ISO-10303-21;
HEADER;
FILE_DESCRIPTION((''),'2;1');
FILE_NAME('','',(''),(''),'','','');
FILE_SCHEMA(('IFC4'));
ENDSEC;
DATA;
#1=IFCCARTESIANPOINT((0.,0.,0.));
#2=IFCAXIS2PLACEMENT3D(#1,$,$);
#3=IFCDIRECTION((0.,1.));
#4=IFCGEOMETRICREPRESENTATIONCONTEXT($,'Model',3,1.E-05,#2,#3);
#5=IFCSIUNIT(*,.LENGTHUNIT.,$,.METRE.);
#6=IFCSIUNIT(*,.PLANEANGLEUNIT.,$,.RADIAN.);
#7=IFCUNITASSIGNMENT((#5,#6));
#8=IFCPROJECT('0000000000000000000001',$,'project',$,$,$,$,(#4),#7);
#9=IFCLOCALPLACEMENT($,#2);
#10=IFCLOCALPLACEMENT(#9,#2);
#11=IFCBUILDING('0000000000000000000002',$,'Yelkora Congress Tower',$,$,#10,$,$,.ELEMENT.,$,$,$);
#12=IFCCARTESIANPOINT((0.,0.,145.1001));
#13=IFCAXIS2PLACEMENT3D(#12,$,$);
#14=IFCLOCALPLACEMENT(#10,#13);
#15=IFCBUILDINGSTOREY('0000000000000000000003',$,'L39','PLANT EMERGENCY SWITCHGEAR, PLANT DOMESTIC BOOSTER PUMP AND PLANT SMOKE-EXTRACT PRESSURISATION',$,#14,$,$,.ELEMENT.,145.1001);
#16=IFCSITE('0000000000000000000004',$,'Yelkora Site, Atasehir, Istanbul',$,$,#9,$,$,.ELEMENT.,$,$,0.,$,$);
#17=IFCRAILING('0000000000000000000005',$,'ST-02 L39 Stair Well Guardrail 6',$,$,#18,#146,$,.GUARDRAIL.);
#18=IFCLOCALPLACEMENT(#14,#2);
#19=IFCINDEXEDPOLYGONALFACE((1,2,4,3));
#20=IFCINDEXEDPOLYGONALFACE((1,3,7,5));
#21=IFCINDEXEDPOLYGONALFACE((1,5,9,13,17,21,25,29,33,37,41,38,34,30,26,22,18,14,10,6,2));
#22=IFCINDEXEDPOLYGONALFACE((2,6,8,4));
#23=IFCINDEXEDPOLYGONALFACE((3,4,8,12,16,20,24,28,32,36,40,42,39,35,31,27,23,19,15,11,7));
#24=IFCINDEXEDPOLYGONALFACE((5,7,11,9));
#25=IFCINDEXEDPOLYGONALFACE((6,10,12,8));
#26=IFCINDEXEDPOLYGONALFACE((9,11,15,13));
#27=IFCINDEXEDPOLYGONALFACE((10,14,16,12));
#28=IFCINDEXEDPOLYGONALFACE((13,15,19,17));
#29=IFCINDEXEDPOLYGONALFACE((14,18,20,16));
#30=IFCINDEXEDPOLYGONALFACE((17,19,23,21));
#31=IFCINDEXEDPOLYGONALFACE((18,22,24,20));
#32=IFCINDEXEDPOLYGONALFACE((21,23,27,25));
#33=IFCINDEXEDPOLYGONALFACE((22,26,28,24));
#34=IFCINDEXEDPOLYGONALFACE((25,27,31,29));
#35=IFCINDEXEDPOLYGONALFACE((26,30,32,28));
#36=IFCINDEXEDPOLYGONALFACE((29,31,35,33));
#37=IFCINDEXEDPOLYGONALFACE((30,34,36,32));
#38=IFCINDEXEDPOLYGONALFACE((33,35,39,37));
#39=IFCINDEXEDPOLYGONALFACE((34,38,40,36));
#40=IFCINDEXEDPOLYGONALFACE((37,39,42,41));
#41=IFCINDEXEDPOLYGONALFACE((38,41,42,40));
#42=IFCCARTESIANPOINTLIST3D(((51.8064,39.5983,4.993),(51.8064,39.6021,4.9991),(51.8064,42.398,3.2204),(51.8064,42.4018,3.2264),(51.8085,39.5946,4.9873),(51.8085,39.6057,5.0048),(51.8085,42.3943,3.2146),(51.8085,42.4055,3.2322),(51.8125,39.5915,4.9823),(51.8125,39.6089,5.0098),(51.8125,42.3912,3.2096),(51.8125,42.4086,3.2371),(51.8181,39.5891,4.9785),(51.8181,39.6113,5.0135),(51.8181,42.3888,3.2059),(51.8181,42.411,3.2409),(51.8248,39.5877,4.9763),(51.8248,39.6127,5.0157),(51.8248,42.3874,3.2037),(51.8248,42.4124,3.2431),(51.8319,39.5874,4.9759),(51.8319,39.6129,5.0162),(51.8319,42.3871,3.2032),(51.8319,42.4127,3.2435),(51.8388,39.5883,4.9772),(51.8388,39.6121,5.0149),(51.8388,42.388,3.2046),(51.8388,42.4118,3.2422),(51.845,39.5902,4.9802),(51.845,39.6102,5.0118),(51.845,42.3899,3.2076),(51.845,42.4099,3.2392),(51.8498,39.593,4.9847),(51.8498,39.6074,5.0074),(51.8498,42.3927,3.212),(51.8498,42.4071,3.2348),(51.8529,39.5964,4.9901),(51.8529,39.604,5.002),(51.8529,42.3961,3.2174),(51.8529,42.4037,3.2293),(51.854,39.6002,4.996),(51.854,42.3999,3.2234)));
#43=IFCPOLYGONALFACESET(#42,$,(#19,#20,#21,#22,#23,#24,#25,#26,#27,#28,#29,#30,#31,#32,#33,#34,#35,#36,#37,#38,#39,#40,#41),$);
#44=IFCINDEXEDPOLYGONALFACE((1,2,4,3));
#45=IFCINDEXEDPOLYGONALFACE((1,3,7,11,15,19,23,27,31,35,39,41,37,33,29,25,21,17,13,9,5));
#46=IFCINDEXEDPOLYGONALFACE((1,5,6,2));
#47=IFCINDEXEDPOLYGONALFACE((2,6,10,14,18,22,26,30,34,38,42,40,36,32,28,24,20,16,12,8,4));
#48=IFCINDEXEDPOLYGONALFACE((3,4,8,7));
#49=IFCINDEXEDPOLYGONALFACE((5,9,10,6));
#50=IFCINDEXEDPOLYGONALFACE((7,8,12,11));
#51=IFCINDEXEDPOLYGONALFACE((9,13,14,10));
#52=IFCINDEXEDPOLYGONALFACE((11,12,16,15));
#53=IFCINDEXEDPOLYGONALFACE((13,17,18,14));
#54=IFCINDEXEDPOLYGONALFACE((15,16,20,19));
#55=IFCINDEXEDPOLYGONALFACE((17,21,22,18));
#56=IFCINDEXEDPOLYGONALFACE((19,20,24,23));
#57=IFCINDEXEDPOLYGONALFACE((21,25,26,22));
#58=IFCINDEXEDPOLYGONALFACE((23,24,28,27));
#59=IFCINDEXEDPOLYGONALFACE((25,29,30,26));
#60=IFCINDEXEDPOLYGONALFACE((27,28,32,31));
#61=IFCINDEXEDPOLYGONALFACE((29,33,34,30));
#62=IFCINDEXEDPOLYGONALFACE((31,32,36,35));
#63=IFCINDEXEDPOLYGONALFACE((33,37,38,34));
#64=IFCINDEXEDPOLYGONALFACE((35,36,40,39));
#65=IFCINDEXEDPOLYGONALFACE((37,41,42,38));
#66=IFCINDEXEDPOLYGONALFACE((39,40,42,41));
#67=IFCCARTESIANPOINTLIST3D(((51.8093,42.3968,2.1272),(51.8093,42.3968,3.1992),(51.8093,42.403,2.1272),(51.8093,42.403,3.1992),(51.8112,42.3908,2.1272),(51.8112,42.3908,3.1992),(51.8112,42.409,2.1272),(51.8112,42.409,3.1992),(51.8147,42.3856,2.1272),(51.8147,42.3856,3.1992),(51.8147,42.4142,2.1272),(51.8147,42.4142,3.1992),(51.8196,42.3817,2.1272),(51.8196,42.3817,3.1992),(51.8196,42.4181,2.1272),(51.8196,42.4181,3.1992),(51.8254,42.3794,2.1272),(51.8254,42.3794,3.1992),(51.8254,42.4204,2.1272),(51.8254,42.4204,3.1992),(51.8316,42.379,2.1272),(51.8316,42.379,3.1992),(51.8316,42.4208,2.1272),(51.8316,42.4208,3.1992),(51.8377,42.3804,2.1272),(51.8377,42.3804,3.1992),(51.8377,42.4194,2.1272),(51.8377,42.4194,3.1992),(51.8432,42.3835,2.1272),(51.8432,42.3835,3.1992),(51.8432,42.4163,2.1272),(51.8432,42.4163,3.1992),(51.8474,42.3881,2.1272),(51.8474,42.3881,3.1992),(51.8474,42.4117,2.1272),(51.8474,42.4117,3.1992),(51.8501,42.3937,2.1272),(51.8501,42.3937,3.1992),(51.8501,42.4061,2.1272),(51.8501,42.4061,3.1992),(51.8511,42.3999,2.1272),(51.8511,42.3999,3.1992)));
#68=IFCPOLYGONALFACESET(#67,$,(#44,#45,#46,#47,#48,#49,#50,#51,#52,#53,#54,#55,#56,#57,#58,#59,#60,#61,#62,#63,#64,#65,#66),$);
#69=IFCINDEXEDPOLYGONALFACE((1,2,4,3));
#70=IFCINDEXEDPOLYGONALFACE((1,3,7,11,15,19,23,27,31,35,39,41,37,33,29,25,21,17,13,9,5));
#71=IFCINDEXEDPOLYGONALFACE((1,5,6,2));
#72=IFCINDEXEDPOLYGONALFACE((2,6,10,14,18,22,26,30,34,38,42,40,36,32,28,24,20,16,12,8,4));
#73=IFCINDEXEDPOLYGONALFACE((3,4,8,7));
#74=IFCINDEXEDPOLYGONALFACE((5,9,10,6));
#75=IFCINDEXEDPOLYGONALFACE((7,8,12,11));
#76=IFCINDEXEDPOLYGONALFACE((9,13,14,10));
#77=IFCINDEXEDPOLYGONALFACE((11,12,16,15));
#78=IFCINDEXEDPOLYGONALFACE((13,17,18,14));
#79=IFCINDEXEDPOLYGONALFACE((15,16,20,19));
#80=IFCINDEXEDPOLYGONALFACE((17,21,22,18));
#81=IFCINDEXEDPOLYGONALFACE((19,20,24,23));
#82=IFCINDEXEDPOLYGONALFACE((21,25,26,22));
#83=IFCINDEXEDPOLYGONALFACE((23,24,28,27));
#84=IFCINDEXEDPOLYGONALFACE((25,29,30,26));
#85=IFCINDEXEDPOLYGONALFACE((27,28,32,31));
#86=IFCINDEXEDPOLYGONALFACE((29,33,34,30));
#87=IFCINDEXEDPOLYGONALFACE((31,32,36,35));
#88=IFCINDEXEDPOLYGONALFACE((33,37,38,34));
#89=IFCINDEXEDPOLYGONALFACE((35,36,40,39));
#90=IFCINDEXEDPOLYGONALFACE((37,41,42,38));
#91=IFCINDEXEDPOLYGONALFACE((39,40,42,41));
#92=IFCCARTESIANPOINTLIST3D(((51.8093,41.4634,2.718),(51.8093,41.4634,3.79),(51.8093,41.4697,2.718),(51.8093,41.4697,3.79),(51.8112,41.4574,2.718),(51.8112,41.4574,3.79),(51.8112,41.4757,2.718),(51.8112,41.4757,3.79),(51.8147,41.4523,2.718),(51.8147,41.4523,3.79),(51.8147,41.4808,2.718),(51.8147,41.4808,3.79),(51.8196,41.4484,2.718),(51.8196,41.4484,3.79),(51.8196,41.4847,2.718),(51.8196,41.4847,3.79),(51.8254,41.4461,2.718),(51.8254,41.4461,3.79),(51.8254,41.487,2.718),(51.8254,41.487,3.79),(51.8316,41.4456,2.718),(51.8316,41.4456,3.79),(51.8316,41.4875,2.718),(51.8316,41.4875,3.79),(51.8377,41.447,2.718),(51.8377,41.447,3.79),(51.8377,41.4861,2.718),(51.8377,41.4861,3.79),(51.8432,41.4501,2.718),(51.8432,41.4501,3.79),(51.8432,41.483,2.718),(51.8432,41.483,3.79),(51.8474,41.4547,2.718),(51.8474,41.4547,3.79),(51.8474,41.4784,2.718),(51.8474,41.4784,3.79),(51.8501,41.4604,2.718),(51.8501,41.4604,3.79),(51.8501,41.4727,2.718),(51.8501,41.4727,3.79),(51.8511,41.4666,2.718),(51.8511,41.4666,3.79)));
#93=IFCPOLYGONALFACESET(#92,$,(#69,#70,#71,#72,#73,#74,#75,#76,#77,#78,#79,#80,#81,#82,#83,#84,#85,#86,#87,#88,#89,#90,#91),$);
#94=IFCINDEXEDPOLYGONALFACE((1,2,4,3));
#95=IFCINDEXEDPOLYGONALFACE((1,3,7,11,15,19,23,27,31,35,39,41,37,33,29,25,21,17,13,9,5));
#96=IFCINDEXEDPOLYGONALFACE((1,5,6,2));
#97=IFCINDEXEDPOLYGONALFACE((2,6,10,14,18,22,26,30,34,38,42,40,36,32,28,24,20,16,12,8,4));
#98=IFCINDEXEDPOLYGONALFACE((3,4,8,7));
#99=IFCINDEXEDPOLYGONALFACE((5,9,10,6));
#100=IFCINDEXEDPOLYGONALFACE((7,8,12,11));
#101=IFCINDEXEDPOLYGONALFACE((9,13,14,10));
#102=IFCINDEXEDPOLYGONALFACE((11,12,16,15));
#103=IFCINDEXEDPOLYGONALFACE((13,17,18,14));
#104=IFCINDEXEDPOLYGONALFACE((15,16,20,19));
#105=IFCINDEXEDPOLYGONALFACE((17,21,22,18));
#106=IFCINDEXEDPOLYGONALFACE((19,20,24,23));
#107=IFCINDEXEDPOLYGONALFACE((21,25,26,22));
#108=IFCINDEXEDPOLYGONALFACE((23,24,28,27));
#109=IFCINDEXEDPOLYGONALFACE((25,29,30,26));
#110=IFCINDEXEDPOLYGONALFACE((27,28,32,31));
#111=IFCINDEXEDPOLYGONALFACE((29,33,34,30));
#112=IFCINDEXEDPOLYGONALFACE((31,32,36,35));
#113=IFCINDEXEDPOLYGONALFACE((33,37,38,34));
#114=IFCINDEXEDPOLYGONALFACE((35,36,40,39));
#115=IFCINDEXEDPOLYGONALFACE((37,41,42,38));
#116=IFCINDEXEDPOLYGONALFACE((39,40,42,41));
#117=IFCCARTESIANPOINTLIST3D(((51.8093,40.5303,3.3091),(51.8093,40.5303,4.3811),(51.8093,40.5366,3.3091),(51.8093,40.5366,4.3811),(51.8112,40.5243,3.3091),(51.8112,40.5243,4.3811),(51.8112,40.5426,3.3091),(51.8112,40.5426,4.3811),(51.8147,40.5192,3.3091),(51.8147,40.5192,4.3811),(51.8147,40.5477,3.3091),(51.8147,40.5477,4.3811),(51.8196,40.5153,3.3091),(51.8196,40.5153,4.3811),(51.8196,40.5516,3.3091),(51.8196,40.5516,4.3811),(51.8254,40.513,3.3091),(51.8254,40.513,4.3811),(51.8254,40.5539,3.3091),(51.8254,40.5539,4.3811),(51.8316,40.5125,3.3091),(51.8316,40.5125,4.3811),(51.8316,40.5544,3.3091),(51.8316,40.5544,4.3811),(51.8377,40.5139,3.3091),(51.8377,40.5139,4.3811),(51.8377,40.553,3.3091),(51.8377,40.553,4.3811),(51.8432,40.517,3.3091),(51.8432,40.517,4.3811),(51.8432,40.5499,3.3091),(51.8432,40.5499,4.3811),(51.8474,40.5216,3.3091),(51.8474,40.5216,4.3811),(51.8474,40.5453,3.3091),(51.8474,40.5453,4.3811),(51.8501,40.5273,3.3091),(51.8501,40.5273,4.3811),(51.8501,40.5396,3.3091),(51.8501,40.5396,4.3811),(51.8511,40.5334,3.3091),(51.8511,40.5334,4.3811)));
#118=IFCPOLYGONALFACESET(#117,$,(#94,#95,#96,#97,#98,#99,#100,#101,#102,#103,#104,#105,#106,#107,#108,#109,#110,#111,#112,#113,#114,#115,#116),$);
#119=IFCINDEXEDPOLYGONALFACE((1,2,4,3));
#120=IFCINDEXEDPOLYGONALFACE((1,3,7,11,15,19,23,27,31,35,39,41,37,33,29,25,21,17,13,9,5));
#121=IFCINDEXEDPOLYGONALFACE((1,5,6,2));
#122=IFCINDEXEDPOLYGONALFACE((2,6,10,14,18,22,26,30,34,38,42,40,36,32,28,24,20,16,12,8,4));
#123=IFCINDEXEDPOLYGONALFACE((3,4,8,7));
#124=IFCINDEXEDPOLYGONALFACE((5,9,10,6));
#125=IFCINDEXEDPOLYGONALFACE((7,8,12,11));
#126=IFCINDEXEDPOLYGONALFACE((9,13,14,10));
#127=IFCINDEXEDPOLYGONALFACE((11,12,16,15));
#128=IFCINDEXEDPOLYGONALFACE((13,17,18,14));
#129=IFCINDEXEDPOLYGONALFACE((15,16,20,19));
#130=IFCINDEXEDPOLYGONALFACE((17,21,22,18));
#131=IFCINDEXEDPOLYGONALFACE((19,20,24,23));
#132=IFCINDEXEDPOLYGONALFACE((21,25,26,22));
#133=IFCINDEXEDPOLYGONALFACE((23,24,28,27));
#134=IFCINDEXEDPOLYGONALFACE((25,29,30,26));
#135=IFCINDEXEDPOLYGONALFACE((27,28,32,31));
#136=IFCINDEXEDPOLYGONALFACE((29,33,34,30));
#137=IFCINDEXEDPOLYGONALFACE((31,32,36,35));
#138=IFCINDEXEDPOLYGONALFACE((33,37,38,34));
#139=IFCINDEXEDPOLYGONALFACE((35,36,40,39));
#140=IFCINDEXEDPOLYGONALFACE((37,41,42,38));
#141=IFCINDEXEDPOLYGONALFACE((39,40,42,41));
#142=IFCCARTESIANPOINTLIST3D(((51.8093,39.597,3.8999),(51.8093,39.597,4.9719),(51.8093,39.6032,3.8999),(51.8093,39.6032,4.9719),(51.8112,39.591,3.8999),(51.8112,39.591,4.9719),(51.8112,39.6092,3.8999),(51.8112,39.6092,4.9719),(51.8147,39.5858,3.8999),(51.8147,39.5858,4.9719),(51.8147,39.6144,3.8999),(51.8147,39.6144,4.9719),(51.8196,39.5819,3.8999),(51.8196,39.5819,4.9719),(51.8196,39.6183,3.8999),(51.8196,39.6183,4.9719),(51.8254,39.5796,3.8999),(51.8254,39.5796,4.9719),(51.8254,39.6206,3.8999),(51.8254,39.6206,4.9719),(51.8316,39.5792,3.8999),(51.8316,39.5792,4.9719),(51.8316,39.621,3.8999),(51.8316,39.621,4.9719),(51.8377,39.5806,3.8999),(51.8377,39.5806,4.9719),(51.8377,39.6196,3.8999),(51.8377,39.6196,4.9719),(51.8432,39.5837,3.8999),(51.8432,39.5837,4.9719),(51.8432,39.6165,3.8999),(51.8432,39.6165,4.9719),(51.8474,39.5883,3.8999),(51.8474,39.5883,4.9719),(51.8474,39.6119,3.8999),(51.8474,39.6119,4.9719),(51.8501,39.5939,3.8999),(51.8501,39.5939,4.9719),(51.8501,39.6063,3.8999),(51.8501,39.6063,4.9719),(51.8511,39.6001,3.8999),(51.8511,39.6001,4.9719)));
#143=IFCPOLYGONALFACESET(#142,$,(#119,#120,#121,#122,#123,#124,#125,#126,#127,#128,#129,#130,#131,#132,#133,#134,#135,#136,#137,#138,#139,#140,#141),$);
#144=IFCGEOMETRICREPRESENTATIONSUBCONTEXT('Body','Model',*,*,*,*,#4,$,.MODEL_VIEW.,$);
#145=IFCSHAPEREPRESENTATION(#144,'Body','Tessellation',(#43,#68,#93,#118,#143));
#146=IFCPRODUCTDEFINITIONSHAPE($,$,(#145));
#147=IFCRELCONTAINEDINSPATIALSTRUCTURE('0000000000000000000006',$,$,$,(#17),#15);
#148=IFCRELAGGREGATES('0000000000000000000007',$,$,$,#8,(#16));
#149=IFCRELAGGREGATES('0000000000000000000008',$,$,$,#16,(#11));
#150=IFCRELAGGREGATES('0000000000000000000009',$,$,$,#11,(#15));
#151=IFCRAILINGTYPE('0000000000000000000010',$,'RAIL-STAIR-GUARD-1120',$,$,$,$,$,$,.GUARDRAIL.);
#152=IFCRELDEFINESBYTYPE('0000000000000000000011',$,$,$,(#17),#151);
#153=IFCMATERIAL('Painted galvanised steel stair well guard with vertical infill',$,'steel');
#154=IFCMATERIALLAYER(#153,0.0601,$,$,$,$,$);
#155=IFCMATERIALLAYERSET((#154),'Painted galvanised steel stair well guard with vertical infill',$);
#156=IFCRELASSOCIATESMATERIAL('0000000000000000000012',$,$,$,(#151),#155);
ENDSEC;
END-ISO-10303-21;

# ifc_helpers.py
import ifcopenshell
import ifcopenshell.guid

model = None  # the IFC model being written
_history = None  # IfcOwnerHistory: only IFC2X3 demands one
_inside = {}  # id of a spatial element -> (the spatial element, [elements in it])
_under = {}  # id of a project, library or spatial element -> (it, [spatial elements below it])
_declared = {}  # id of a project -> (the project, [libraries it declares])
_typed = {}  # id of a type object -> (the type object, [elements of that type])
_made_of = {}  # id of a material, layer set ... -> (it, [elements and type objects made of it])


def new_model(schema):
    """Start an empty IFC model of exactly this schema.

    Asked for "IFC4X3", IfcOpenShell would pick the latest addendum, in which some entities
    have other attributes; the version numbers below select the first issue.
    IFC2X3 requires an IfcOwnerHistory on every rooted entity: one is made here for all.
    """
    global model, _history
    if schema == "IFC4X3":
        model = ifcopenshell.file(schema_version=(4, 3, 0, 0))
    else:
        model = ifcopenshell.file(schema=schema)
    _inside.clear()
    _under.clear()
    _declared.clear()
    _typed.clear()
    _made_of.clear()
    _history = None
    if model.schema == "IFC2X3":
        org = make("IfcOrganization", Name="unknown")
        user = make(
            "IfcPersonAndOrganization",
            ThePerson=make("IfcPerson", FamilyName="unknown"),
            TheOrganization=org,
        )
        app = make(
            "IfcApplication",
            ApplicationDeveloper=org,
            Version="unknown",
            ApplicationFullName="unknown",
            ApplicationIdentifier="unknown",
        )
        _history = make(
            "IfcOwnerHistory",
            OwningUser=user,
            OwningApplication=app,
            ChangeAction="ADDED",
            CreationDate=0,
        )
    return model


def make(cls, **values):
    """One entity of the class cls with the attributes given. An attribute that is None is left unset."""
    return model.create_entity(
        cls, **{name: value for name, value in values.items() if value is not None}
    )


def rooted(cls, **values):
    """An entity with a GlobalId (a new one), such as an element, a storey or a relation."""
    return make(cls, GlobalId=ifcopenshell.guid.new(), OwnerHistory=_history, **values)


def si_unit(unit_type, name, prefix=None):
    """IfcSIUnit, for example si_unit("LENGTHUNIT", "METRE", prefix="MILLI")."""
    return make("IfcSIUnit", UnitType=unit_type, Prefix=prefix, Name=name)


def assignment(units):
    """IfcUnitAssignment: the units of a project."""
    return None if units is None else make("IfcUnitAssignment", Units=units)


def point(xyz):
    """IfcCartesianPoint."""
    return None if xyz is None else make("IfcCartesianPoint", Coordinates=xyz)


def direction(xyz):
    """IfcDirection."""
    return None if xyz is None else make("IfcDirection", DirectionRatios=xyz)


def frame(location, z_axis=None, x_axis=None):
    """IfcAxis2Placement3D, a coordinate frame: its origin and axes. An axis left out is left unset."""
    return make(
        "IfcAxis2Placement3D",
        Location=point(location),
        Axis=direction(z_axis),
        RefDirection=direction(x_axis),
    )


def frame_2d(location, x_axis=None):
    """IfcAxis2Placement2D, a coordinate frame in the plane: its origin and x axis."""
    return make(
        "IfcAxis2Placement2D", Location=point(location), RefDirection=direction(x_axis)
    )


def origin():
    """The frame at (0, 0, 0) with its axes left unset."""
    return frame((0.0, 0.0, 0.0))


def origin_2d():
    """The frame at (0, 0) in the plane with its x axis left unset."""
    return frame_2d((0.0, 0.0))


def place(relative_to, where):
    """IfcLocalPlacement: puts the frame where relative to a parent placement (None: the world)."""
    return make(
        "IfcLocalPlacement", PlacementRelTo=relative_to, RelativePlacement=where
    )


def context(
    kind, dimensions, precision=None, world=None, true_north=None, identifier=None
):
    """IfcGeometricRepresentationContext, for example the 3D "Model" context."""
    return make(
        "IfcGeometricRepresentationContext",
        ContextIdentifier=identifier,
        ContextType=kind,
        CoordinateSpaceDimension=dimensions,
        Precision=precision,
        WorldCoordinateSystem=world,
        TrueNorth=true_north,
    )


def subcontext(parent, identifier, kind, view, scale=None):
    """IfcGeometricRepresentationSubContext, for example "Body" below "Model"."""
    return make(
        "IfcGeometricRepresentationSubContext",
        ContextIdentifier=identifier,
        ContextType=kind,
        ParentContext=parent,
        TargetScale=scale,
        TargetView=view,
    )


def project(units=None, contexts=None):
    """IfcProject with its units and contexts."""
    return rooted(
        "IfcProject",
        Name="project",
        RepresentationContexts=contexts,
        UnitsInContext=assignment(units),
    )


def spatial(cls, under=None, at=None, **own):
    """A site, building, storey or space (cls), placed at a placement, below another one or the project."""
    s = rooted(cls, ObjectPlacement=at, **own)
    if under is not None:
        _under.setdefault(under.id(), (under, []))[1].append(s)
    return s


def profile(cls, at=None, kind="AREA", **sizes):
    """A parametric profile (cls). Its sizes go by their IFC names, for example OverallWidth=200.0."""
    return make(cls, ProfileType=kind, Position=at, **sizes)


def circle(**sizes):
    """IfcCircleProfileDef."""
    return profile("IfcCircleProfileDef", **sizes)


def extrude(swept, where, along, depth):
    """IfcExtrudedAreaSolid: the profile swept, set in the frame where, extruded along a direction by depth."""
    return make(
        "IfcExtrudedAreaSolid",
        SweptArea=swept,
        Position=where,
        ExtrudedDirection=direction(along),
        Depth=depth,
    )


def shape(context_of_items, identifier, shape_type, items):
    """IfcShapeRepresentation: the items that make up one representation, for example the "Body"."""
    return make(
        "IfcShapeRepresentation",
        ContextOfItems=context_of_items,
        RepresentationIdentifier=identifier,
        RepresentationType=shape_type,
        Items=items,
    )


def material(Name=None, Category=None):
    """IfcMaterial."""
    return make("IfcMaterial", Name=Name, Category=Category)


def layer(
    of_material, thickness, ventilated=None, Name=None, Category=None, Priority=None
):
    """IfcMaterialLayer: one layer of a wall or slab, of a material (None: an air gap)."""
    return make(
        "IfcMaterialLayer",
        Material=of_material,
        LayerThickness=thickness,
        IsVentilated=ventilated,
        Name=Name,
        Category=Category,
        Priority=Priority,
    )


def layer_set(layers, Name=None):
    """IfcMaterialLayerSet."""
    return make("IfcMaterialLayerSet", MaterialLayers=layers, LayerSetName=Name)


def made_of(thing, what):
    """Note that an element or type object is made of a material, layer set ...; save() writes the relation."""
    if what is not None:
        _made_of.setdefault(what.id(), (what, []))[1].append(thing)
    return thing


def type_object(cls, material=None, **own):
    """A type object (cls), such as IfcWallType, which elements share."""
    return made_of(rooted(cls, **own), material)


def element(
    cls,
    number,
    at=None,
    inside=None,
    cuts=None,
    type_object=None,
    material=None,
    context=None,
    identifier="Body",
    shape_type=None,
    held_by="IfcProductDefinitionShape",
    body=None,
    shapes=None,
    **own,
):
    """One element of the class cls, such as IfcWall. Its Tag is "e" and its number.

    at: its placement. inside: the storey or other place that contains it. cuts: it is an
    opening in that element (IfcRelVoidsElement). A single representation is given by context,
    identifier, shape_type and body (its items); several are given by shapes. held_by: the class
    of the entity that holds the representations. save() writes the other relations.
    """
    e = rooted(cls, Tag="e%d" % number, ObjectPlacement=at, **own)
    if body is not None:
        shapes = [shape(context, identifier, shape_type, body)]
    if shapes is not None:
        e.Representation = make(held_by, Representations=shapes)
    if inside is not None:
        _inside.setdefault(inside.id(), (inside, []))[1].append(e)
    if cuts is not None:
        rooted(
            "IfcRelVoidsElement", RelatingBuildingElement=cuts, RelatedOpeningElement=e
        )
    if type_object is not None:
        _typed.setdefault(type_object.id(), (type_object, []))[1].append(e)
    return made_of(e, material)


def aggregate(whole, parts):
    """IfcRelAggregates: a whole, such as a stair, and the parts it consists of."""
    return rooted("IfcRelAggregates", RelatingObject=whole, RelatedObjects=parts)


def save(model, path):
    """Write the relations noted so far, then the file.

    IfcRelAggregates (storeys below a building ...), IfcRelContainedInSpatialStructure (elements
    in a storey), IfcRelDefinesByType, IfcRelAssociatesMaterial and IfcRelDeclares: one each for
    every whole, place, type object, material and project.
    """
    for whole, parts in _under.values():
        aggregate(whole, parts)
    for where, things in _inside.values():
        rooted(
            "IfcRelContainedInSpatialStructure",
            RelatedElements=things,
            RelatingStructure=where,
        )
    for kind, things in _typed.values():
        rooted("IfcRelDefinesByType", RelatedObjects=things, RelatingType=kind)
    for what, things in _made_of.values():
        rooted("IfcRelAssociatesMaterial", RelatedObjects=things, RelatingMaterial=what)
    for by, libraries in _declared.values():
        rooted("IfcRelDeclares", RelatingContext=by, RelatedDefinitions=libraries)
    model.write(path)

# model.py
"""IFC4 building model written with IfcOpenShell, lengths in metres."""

from ifc_helpers import new_model, si_unit, direction, frame, origin, origin_2d, place, context, subcontext, project, spatial, circle, extrude, material, layer, layer_set, type_object, element, save


model = new_model("IFC4")

# Units and contexts
model_context = context("Model", 3, precision=1e-05, world=origin(), true_north=direction((0.0, 1.0)))
body_context = subcontext(model_context, "Body", "Model", "MODEL_VIEW")
ifc_project = project(units=[si_unit("LENGTHUNIT", "METRE"), si_unit("PLANEANGLEUNIT", "RADIAN")], contexts=[model_context])

# Site, building, storey
site_placement = place(None, origin())
site = spatial("IfcSite", under=ifc_project, at=site_placement, Name="Yelkora Site, Atasehir, Istanbul", CompositionType="ELEMENT", RefElevation=0.0)
building_placement = place(site_placement, origin())
building = spatial("IfcBuilding", under=site, at=building_placement, Name="Yelkora Congress Tower", CompositionType="ELEMENT")
storey_placement = place(building_placement, frame((0.0, 0.0, 145.1001)))
storey = spatial("IfcBuildingStorey", under=building, at=storey_placement, Name="L39", Description="PLANT EMERGENCY SWITCHGEAR, PLANT DOMESTIC BOOSTER PUMP AND PLANT SMOKE-EXTRACT PRESSURISATION", CompositionType="ELEMENT", Elevation=145.1001)

# Railing
ifc_material_1 = material(Name="Painted galvanised steel stair well guard with vertical infill", Category="steel")
ifc_layer_1 = layer(ifc_material_1, 0.0601)
ifc_layer_set_1 = layer_set([ifc_layer_1], Name="Painted galvanised steel stair well guard with vertical infill")
railing_type_1 = type_object("IfcRailingType", Name="RAIL-STAIR-GUARD-1120", PredefinedType="GUARDRAIL", material=ifc_layer_set_1)
railing_1_placement = place(storey_placement, frame((51.8301, 42.3999, 2.1272)))
element("IfcRailing", 1, at=railing_1_placement, inside=storey, type_object=railing_type_1, Name="ST-02 L39 Stair Well Guardrail 6", PredefinedType="GUARDRAIL", context=body_context, shape_type="SweptSolid", body=[
    extrude(circle(Radius=0.0239, at=origin_2d()), frame((0.0, 0.0, 1.0962), z_axis=(0.0, -0.844888, 0.534943), x_axis=(1.0, 0.0, 0.0)), (0.0, 0.0, 1.0), 3.3137),
    extrude(circle(Radius=0.021, at=origin_2d()), origin(), (0.0, 0.0, 1.0), 1.072),
    extrude(circle(Radius=0.021, at=origin_2d()), frame((0.0, -0.9333, 0.5908)), (0.0, 0.0, 1.0), 1.072),
    extrude(circle(Radius=0.021, at=origin_2d()), frame((0.0, -1.8665, 1.1819)), (0.0, 0.0, 1.0), 1.072),
    extrude(circle(Radius=0.021, at=origin_2d()), frame((0.0, -2.7998, 1.7727)), (0.0, 0.0, 1.0), 1.072),
])

save(model, "model.ifc")
